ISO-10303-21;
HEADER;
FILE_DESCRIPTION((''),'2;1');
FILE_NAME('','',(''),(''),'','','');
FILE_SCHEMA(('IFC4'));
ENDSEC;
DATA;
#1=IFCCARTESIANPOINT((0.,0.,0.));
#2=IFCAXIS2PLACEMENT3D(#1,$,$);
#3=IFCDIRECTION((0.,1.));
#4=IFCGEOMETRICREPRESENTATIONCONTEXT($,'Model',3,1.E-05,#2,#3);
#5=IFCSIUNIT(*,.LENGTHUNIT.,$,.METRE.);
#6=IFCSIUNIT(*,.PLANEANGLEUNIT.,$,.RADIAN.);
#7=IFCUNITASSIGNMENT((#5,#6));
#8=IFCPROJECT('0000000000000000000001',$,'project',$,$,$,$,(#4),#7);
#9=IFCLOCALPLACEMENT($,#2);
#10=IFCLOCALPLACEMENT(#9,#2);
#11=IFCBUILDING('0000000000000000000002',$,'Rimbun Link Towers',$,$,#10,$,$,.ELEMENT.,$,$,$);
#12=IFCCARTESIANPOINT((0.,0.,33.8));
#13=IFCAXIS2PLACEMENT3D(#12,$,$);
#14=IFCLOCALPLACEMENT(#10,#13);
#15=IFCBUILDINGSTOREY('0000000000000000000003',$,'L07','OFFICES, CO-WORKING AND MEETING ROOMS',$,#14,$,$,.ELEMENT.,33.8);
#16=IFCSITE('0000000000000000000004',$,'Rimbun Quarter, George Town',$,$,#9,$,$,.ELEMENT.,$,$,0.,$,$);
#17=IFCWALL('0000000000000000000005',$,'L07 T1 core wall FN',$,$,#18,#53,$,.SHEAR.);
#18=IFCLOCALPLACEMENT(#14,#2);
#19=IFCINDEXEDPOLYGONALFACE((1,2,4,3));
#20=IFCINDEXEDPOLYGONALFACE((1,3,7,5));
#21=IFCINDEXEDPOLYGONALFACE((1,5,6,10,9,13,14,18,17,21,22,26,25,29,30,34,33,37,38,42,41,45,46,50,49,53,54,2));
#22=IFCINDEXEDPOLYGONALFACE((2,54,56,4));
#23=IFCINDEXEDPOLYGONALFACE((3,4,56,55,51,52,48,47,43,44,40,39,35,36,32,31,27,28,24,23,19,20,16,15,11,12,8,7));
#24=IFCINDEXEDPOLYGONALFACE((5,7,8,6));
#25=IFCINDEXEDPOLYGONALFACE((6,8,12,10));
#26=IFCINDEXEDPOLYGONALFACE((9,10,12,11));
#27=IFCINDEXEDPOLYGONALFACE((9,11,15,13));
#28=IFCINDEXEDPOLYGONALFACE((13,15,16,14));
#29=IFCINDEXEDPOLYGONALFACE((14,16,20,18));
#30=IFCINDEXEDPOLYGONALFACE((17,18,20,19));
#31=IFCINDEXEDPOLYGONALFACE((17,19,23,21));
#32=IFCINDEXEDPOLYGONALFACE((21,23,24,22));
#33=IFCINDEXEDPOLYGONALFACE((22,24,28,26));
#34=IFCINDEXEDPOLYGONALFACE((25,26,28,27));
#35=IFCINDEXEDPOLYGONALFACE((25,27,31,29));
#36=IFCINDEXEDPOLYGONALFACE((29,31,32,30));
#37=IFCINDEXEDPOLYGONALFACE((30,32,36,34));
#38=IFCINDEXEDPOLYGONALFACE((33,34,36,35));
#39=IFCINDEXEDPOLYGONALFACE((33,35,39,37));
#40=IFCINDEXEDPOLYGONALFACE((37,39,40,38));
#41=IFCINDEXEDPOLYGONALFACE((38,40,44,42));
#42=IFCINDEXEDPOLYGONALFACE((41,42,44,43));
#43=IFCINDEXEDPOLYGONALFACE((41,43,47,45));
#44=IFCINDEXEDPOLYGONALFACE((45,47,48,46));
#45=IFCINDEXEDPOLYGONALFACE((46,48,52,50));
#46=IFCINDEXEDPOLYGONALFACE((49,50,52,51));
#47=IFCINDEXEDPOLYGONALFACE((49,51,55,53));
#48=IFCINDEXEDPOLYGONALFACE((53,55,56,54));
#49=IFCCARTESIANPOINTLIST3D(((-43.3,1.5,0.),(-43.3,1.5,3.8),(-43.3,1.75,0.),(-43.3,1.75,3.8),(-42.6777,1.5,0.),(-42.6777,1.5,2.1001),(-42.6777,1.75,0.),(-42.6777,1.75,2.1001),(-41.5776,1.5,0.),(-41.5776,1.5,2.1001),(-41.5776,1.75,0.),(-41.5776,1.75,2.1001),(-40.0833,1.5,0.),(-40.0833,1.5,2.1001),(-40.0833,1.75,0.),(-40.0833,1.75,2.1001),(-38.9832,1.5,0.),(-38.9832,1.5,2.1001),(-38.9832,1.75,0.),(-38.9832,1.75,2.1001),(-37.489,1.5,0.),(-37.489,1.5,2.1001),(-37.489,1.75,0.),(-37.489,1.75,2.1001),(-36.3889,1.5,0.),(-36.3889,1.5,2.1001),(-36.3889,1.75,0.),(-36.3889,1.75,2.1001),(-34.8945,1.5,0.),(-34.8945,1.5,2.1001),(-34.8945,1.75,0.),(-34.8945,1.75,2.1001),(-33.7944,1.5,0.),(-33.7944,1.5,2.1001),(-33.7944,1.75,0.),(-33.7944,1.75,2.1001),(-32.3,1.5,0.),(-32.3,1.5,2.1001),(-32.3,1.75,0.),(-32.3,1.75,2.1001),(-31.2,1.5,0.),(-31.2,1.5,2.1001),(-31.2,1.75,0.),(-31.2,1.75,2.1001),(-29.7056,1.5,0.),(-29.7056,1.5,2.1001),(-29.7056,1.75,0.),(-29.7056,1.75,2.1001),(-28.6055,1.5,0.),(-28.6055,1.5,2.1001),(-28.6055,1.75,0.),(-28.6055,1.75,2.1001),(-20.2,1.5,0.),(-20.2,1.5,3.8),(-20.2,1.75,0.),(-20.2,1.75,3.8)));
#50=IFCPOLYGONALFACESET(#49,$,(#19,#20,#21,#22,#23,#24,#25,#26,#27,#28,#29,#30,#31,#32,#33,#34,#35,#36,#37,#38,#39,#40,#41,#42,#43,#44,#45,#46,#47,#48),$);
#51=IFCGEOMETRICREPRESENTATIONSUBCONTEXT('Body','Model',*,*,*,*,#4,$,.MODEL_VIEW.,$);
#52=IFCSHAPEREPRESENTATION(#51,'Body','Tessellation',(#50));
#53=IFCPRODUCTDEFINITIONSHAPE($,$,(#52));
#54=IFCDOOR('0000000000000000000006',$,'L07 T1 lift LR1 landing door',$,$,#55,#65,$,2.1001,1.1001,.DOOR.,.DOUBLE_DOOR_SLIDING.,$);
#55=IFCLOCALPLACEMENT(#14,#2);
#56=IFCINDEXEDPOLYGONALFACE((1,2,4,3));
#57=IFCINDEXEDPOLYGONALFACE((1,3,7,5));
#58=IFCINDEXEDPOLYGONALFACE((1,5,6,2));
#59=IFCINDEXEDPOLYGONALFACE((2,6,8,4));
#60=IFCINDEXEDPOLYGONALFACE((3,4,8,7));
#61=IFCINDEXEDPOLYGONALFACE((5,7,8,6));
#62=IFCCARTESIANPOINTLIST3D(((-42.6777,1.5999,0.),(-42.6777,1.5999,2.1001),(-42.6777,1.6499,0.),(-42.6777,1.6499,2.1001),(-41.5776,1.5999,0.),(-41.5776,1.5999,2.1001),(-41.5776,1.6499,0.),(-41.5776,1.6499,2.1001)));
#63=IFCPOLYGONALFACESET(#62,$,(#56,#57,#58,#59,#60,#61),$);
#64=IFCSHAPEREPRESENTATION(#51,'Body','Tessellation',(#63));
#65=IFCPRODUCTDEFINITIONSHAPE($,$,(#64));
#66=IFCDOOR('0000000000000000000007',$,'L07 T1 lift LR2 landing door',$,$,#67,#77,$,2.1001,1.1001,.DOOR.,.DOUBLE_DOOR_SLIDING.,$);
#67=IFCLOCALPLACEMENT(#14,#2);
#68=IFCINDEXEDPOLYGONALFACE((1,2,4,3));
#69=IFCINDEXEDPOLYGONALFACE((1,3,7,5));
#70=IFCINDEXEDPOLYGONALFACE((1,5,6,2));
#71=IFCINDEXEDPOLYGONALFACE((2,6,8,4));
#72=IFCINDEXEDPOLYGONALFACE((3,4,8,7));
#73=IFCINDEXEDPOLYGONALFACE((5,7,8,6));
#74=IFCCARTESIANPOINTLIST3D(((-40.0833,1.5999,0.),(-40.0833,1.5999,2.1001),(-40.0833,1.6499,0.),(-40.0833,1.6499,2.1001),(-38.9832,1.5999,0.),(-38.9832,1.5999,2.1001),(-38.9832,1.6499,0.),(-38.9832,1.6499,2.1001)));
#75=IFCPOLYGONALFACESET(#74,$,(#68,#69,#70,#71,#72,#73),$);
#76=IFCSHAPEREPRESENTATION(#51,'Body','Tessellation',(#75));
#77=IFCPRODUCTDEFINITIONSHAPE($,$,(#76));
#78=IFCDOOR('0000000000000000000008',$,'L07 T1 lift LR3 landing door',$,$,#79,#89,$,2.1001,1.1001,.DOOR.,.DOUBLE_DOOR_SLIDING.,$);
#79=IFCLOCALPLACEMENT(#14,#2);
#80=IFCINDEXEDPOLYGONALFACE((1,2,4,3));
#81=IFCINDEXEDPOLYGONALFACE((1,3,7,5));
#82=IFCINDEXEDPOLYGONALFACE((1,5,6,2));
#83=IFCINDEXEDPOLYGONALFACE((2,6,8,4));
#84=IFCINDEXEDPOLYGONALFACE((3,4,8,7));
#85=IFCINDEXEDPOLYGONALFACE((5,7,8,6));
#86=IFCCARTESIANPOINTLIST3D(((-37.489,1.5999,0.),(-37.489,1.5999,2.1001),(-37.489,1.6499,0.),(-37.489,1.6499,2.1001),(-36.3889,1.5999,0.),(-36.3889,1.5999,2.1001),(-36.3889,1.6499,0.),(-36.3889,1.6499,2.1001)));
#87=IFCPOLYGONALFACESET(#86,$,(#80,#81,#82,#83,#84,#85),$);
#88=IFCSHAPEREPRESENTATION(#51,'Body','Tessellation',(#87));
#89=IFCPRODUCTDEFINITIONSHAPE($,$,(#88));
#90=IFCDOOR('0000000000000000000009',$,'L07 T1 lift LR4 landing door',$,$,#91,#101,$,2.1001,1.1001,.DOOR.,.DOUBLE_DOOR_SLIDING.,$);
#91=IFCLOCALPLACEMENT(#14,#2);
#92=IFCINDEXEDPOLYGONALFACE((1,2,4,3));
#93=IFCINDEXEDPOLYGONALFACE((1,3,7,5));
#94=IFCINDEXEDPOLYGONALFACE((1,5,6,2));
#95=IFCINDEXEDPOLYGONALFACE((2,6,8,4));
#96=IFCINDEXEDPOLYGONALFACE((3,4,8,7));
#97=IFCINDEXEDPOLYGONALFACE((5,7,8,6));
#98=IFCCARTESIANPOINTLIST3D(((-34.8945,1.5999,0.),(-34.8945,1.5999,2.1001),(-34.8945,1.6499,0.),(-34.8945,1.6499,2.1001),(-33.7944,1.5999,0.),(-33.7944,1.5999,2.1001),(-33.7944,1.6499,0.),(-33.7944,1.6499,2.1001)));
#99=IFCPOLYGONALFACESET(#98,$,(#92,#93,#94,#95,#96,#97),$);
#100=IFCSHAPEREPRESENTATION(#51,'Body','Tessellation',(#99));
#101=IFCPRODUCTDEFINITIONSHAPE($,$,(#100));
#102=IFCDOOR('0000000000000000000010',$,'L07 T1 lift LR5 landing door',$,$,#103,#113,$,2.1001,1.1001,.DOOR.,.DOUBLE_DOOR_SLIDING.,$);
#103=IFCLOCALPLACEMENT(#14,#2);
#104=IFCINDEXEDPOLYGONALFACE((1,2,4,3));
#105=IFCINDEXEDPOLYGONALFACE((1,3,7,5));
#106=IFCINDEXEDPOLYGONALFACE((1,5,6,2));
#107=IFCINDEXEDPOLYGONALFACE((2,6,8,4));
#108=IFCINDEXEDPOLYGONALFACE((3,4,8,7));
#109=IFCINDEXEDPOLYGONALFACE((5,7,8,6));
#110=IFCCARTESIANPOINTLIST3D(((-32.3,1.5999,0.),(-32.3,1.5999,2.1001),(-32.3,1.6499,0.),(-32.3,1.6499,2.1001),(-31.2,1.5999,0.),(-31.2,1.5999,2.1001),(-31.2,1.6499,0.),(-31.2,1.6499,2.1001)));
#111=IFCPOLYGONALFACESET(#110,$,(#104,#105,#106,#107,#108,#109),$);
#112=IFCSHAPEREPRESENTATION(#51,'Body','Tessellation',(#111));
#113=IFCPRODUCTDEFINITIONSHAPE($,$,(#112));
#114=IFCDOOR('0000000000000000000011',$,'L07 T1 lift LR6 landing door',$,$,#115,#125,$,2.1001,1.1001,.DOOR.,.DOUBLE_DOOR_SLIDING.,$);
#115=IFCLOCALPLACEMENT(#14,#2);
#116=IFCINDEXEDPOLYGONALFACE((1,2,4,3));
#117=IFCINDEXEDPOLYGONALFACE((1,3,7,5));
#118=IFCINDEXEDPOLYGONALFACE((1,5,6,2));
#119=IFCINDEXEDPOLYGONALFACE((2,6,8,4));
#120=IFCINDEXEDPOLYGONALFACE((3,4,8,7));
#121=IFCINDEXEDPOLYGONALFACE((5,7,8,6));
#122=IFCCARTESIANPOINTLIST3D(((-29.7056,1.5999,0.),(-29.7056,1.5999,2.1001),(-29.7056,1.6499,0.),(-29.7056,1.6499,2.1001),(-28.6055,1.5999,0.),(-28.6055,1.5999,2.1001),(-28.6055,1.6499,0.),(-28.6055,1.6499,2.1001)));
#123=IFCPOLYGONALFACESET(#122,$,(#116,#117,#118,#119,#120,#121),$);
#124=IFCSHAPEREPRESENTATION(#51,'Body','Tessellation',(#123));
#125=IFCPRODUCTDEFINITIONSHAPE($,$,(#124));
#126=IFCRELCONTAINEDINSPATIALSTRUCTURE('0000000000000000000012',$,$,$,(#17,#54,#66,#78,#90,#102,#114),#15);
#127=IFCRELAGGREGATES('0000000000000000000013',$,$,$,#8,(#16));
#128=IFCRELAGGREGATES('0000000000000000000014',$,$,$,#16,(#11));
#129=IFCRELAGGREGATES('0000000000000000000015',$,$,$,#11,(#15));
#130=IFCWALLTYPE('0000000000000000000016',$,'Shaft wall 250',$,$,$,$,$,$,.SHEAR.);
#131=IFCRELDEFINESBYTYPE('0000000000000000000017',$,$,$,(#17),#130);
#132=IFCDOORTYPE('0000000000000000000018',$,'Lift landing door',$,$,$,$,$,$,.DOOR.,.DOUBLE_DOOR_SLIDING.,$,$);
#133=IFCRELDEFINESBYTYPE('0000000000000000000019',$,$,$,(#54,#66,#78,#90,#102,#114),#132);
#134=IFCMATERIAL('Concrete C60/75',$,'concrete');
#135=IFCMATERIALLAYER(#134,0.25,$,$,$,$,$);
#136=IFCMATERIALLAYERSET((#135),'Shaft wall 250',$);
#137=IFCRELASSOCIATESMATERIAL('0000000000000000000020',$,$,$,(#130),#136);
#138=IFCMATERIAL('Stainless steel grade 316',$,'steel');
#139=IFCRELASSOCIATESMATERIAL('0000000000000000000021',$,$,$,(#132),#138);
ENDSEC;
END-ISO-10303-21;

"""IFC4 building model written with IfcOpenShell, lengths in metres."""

from ifc_helpers import new_model, si_unit, direction, frame, frame_2d, origin, place, context, subcontext, project, spatial, rectangle, extrude, material, layer, layer_set, type_object, element, fill, save


model = new_model("IFC4")

# Units and contexts
model_context = context("Model", 3, precision=1e-05, world=origin(), true_north=direction((0.0, 1.0)))
body_context = subcontext(model_context, "Body", "Model", "MODEL_VIEW")
ifc_project = project(units=[si_unit("LENGTHUNIT", "METRE"), si_unit("PLANEANGLEUNIT", "RADIAN")], contexts=[model_context])

# Site, building, storey
site_placement = place(None, origin())
site = spatial("IfcSite", under=ifc_project, at=site_placement, Name="Rimbun Quarter, George Town", CompositionType="ELEMENT", RefElevation=0.0)
building_placement = place(site_placement, origin())
building = spatial("IfcBuilding", under=site, at=building_placement, Name="Rimbun Link Towers", CompositionType="ELEMENT")
storey_placement = place(building_placement, frame((0.0, 0.0, 33.8)))
storey = spatial("IfcBuildingStorey", under=building, at=storey_placement, Name="L07", Description="OFFICES, CO-WORKING AND MEETING ROOMS", CompositionType="ELEMENT", Elevation=33.8)

# Wall, openings, doors
ifc_material_1 = material(Name="Concrete C60/75", Category="concrete")
ifc_layer_1 = layer(ifc_material_1, 0.25)
ifc_layer_set_1 = layer_set([ifc_layer_1], Name="Shaft wall 250")
wall_type_1 = type_object("IfcWallType", Name="Shaft wall 250", PredefinedType="SHEAR", material=ifc_layer_set_1)
wall_1_placement = place(storey_placement, frame((-43.3, 1.625, 0.0), z_axis=(0.0, 0.0, 1.0), x_axis=(1.0, 0.0, 0.0)))
wall_1 = element("IfcWall", 1, at=wall_1_placement, inside=storey, type_object=wall_type_1, Name="L07 T1 core wall FN", PredefinedType="SHEAR", context=body_context, shape_type="SweptSolid", body=[
    extrude(rectangle(XDim=23.1001, YDim=0.25, at=frame_2d((11.55, 0.0))), origin(), (0.0, 0.0, 1.0), 3.8),
])
opening_1_placement = place(wall_1_placement, frame((0.6223, 0.0, 0.0)))
opening_1 = element("IfcOpeningElement", 2, at=opening_1_placement, cuts=wall_1, PredefinedType="OPENING", context=body_context, shape_type="SweptSolid", body=[
    extrude(rectangle(XDim=1.1001, YDim=2.1001, at=frame_2d((0.55, 1.05))), frame((0.0, 0.135, 0.0), z_axis=(0.0, -1.0, 0.0), x_axis=(1.0, 0.0, 0.0)), (0.0, 0.0, 1.0), 0.27),
])
opening_2_placement = place(wall_1_placement, frame((3.2168, 0.0, 0.0)))
opening_2 = element("IfcOpeningElement", 3, at=opening_2_placement, cuts=wall_1, PredefinedType="OPENING", context=body_context, shape_type="SweptSolid", body=[
    extrude(rectangle(XDim=1.1001, YDim=2.1001, at=frame_2d((0.55, 1.05))), frame((0.0, 0.135, 0.0), z_axis=(0.0, -1.0, 0.0), x_axis=(1.0, 0.0, 0.0)), (0.0, 0.0, 1.0), 0.27),
])
opening_3_placement = place(wall_1_placement, frame((5.811, 0.0, 0.0)))
opening_3 = element("IfcOpeningElement", 4, at=opening_3_placement, cuts=wall_1, PredefinedType="OPENING", context=body_context, shape_type="SweptSolid", body=[
    extrude(rectangle(XDim=1.1001, YDim=2.1001, at=frame_2d((0.55, 1.05))), frame((0.0, 0.135, 0.0), z_axis=(0.0, -1.0, 0.0), x_axis=(1.0, 0.0, 0.0)), (0.0, 0.0, 1.0), 0.27),
])
opening_4_placement = place(wall_1_placement, frame((8.4055, 0.0, 0.0)))
opening_4 = element("IfcOpeningElement", 5, at=opening_4_placement, cuts=wall_1, PredefinedType="OPENING", context=body_context, shape_type="SweptSolid", body=[
    extrude(rectangle(XDim=1.1001, YDim=2.1001, at=frame_2d((0.55, 1.05))), frame((0.0, 0.135, 0.0), z_axis=(0.0, -1.0, 0.0), x_axis=(1.0, 0.0, 0.0)), (0.0, 0.0, 1.0), 0.27),
])
opening_5_placement = place(wall_1_placement, frame((11.0, 0.0, 0.0)))
opening_5 = element("IfcOpeningElement", 6, at=opening_5_placement, cuts=wall_1, PredefinedType="OPENING", context=body_context, shape_type="SweptSolid", body=[
    extrude(rectangle(XDim=1.1001, YDim=2.1001, at=frame_2d((0.55, 1.05))), frame((0.0, 0.135, 0.0), z_axis=(0.0, -1.0, 0.0), x_axis=(1.0, 0.0, 0.0)), (0.0, 0.0, 1.0), 0.27),
])
opening_6_placement = place(wall_1_placement, frame((13.5945, 0.0, 0.0)))
opening_6 = element("IfcOpeningElement", 7, at=opening_6_placement, cuts=wall_1, PredefinedType="OPENING", context=body_context, shape_type="SweptSolid", body=[
    extrude(rectangle(XDim=1.1001, YDim=2.1001, at=frame_2d((0.55, 1.05))), frame((0.0, 0.135, 0.0), z_axis=(0.0, -1.0, 0.0), x_axis=(1.0, 0.0, 0.0)), (0.0, 0.0, 1.0), 0.27),
])
ifc_material_2 = material(Name="Stainless steel grade 316", Category="steel")
door_type_1 = type_object("IfcDoorType", Name="Lift landing door", OperationType="DOUBLE_DOOR_SLIDING", PredefinedType="DOOR", material=ifc_material_2)
door_1_placement = place(opening_1_placement, origin())
door_1 = element("IfcDoor", 8, at=door_1_placement, inside=storey, type_object=door_type_1, Name="L07 T1 lift LR1 landing door", OperationType="DOUBLE_DOOR_SLIDING", OverallHeight=2.1001, OverallWidth=1.1001, PredefinedType="DOOR", context=body_context, shape_type="SweptSolid", body=[
    extrude(rectangle(XDim=1.1001, YDim=2.1001, at=frame_2d((0.55, 1.05))), frame((0.0, 0.0249, 0.0), z_axis=(0.0, -1.0, 0.0), x_axis=(1.0, 0.0, 0.0)), (0.0, 0.0, 1.0), 0.05),
])
fill(opening_1, door_1)
door_2_placement = place(opening_2_placement, origin())
door_2 = element("IfcDoor", 9, at=door_2_placement, inside=storey, type_object=door_type_1, Name="L07 T1 lift LR2 landing door", OperationType="DOUBLE_DOOR_SLIDING", OverallHeight=2.1001, OverallWidth=1.1001, PredefinedType="DOOR", context=body_context, shape_type="SweptSolid", body=[
    extrude(rectangle(XDim=1.1001, YDim=2.1001, at=frame_2d((0.55, 1.05))), frame((0.0, 0.0249, 0.0), z_axis=(0.0, -1.0, 0.0), x_axis=(1.0, 0.0, 0.0)), (0.0, 0.0, 1.0), 0.05),
])
fill(opening_2, door_2)
door_3_placement = place(opening_3_placement, origin())
door_3 = element("IfcDoor", 10, at=door_3_placement, inside=storey, type_object=door_type_1, Name="L07 T1 lift LR3 landing door", OperationType="DOUBLE_DOOR_SLIDING", OverallHeight=2.1001, OverallWidth=1.1001, PredefinedType="DOOR", context=body_context, shape_type="SweptSolid", body=[
    extrude(rectangle(XDim=1.1001, YDim=2.1001, at=frame_2d((0.55, 1.05))), frame((0.0, 0.0249, 0.0), z_axis=(0.0, -1.0, 0.0), x_axis=(1.0, 0.0, 0.0)), (0.0, 0.0, 1.0), 0.05),
])
fill(opening_3, door_3)
door_4_placement = place(opening_4_placement, origin())
door_4 = element("IfcDoor", 11, at=door_4_placement, inside=storey, type_object=door_type_1, Name="L07 T1 lift LR4 landing door", OperationType="DOUBLE_DOOR_SLIDING", OverallHeight=2.1001, OverallWidth=1.1001, PredefinedType="DOOR", context=body_context, shape_type="SweptSolid", body=[
    extrude(rectangle(XDim=1.1001, YDim=2.1001, at=frame_2d((0.55, 1.05))), frame((0.0, 0.0249, 0.0), z_axis=(0.0, -1.0, 0.0), x_axis=(1.0, 0.0, 0.0)), (0.0, 0.0, 1.0), 0.05),
])
fill(opening_4, door_4)
door_5_placement = place(opening_5_placement, origin())
door_5 = element("IfcDoor", 12, at=door_5_placement, inside=storey, type_object=door_type_1, Name="L07 T1 lift LR5 landing door", OperationType="DOUBLE_DOOR_SLIDING", OverallHeight=2.1001, OverallWidth=1.1001, PredefinedType="DOOR", context=body_context, shape_type="SweptSolid", body=[
    extrude(rectangle(XDim=1.1001, YDim=2.1001, at=frame_2d((0.55, 1.05))), frame((0.0, 0.0249, 0.0), z_axis=(0.0, -1.0, 0.0), x_axis=(1.0, 0.0, 0.0)), (0.0, 0.0, 1.0), 0.05),
])
fill(opening_5, door_5)
door_6_placement = place(opening_6_placement, origin())
door_6 = element("IfcDoor", 13, at=door_6_placement, inside=storey, type_object=door_type_1, Name="L07 T1 lift LR6 landing door", OperationType="DOUBLE_DOOR_SLIDING", OverallHeight=2.1001, OverallWidth=1.1001, PredefinedType="DOOR", context=body_context, shape_type="SweptSolid", body=[
    extrude(rectangle(XDim=1.1001, YDim=2.1001, at=frame_2d((0.55, 1.05))), frame((0.0, 0.0249, 0.0), z_axis=(0.0, -1.0, 0.0), x_axis=(1.0, 0.0, 0.0)), (0.0, 0.0, 1.0), 0.05),
])
fill(opening_6, door_6)

save(model, "model.ifc")
